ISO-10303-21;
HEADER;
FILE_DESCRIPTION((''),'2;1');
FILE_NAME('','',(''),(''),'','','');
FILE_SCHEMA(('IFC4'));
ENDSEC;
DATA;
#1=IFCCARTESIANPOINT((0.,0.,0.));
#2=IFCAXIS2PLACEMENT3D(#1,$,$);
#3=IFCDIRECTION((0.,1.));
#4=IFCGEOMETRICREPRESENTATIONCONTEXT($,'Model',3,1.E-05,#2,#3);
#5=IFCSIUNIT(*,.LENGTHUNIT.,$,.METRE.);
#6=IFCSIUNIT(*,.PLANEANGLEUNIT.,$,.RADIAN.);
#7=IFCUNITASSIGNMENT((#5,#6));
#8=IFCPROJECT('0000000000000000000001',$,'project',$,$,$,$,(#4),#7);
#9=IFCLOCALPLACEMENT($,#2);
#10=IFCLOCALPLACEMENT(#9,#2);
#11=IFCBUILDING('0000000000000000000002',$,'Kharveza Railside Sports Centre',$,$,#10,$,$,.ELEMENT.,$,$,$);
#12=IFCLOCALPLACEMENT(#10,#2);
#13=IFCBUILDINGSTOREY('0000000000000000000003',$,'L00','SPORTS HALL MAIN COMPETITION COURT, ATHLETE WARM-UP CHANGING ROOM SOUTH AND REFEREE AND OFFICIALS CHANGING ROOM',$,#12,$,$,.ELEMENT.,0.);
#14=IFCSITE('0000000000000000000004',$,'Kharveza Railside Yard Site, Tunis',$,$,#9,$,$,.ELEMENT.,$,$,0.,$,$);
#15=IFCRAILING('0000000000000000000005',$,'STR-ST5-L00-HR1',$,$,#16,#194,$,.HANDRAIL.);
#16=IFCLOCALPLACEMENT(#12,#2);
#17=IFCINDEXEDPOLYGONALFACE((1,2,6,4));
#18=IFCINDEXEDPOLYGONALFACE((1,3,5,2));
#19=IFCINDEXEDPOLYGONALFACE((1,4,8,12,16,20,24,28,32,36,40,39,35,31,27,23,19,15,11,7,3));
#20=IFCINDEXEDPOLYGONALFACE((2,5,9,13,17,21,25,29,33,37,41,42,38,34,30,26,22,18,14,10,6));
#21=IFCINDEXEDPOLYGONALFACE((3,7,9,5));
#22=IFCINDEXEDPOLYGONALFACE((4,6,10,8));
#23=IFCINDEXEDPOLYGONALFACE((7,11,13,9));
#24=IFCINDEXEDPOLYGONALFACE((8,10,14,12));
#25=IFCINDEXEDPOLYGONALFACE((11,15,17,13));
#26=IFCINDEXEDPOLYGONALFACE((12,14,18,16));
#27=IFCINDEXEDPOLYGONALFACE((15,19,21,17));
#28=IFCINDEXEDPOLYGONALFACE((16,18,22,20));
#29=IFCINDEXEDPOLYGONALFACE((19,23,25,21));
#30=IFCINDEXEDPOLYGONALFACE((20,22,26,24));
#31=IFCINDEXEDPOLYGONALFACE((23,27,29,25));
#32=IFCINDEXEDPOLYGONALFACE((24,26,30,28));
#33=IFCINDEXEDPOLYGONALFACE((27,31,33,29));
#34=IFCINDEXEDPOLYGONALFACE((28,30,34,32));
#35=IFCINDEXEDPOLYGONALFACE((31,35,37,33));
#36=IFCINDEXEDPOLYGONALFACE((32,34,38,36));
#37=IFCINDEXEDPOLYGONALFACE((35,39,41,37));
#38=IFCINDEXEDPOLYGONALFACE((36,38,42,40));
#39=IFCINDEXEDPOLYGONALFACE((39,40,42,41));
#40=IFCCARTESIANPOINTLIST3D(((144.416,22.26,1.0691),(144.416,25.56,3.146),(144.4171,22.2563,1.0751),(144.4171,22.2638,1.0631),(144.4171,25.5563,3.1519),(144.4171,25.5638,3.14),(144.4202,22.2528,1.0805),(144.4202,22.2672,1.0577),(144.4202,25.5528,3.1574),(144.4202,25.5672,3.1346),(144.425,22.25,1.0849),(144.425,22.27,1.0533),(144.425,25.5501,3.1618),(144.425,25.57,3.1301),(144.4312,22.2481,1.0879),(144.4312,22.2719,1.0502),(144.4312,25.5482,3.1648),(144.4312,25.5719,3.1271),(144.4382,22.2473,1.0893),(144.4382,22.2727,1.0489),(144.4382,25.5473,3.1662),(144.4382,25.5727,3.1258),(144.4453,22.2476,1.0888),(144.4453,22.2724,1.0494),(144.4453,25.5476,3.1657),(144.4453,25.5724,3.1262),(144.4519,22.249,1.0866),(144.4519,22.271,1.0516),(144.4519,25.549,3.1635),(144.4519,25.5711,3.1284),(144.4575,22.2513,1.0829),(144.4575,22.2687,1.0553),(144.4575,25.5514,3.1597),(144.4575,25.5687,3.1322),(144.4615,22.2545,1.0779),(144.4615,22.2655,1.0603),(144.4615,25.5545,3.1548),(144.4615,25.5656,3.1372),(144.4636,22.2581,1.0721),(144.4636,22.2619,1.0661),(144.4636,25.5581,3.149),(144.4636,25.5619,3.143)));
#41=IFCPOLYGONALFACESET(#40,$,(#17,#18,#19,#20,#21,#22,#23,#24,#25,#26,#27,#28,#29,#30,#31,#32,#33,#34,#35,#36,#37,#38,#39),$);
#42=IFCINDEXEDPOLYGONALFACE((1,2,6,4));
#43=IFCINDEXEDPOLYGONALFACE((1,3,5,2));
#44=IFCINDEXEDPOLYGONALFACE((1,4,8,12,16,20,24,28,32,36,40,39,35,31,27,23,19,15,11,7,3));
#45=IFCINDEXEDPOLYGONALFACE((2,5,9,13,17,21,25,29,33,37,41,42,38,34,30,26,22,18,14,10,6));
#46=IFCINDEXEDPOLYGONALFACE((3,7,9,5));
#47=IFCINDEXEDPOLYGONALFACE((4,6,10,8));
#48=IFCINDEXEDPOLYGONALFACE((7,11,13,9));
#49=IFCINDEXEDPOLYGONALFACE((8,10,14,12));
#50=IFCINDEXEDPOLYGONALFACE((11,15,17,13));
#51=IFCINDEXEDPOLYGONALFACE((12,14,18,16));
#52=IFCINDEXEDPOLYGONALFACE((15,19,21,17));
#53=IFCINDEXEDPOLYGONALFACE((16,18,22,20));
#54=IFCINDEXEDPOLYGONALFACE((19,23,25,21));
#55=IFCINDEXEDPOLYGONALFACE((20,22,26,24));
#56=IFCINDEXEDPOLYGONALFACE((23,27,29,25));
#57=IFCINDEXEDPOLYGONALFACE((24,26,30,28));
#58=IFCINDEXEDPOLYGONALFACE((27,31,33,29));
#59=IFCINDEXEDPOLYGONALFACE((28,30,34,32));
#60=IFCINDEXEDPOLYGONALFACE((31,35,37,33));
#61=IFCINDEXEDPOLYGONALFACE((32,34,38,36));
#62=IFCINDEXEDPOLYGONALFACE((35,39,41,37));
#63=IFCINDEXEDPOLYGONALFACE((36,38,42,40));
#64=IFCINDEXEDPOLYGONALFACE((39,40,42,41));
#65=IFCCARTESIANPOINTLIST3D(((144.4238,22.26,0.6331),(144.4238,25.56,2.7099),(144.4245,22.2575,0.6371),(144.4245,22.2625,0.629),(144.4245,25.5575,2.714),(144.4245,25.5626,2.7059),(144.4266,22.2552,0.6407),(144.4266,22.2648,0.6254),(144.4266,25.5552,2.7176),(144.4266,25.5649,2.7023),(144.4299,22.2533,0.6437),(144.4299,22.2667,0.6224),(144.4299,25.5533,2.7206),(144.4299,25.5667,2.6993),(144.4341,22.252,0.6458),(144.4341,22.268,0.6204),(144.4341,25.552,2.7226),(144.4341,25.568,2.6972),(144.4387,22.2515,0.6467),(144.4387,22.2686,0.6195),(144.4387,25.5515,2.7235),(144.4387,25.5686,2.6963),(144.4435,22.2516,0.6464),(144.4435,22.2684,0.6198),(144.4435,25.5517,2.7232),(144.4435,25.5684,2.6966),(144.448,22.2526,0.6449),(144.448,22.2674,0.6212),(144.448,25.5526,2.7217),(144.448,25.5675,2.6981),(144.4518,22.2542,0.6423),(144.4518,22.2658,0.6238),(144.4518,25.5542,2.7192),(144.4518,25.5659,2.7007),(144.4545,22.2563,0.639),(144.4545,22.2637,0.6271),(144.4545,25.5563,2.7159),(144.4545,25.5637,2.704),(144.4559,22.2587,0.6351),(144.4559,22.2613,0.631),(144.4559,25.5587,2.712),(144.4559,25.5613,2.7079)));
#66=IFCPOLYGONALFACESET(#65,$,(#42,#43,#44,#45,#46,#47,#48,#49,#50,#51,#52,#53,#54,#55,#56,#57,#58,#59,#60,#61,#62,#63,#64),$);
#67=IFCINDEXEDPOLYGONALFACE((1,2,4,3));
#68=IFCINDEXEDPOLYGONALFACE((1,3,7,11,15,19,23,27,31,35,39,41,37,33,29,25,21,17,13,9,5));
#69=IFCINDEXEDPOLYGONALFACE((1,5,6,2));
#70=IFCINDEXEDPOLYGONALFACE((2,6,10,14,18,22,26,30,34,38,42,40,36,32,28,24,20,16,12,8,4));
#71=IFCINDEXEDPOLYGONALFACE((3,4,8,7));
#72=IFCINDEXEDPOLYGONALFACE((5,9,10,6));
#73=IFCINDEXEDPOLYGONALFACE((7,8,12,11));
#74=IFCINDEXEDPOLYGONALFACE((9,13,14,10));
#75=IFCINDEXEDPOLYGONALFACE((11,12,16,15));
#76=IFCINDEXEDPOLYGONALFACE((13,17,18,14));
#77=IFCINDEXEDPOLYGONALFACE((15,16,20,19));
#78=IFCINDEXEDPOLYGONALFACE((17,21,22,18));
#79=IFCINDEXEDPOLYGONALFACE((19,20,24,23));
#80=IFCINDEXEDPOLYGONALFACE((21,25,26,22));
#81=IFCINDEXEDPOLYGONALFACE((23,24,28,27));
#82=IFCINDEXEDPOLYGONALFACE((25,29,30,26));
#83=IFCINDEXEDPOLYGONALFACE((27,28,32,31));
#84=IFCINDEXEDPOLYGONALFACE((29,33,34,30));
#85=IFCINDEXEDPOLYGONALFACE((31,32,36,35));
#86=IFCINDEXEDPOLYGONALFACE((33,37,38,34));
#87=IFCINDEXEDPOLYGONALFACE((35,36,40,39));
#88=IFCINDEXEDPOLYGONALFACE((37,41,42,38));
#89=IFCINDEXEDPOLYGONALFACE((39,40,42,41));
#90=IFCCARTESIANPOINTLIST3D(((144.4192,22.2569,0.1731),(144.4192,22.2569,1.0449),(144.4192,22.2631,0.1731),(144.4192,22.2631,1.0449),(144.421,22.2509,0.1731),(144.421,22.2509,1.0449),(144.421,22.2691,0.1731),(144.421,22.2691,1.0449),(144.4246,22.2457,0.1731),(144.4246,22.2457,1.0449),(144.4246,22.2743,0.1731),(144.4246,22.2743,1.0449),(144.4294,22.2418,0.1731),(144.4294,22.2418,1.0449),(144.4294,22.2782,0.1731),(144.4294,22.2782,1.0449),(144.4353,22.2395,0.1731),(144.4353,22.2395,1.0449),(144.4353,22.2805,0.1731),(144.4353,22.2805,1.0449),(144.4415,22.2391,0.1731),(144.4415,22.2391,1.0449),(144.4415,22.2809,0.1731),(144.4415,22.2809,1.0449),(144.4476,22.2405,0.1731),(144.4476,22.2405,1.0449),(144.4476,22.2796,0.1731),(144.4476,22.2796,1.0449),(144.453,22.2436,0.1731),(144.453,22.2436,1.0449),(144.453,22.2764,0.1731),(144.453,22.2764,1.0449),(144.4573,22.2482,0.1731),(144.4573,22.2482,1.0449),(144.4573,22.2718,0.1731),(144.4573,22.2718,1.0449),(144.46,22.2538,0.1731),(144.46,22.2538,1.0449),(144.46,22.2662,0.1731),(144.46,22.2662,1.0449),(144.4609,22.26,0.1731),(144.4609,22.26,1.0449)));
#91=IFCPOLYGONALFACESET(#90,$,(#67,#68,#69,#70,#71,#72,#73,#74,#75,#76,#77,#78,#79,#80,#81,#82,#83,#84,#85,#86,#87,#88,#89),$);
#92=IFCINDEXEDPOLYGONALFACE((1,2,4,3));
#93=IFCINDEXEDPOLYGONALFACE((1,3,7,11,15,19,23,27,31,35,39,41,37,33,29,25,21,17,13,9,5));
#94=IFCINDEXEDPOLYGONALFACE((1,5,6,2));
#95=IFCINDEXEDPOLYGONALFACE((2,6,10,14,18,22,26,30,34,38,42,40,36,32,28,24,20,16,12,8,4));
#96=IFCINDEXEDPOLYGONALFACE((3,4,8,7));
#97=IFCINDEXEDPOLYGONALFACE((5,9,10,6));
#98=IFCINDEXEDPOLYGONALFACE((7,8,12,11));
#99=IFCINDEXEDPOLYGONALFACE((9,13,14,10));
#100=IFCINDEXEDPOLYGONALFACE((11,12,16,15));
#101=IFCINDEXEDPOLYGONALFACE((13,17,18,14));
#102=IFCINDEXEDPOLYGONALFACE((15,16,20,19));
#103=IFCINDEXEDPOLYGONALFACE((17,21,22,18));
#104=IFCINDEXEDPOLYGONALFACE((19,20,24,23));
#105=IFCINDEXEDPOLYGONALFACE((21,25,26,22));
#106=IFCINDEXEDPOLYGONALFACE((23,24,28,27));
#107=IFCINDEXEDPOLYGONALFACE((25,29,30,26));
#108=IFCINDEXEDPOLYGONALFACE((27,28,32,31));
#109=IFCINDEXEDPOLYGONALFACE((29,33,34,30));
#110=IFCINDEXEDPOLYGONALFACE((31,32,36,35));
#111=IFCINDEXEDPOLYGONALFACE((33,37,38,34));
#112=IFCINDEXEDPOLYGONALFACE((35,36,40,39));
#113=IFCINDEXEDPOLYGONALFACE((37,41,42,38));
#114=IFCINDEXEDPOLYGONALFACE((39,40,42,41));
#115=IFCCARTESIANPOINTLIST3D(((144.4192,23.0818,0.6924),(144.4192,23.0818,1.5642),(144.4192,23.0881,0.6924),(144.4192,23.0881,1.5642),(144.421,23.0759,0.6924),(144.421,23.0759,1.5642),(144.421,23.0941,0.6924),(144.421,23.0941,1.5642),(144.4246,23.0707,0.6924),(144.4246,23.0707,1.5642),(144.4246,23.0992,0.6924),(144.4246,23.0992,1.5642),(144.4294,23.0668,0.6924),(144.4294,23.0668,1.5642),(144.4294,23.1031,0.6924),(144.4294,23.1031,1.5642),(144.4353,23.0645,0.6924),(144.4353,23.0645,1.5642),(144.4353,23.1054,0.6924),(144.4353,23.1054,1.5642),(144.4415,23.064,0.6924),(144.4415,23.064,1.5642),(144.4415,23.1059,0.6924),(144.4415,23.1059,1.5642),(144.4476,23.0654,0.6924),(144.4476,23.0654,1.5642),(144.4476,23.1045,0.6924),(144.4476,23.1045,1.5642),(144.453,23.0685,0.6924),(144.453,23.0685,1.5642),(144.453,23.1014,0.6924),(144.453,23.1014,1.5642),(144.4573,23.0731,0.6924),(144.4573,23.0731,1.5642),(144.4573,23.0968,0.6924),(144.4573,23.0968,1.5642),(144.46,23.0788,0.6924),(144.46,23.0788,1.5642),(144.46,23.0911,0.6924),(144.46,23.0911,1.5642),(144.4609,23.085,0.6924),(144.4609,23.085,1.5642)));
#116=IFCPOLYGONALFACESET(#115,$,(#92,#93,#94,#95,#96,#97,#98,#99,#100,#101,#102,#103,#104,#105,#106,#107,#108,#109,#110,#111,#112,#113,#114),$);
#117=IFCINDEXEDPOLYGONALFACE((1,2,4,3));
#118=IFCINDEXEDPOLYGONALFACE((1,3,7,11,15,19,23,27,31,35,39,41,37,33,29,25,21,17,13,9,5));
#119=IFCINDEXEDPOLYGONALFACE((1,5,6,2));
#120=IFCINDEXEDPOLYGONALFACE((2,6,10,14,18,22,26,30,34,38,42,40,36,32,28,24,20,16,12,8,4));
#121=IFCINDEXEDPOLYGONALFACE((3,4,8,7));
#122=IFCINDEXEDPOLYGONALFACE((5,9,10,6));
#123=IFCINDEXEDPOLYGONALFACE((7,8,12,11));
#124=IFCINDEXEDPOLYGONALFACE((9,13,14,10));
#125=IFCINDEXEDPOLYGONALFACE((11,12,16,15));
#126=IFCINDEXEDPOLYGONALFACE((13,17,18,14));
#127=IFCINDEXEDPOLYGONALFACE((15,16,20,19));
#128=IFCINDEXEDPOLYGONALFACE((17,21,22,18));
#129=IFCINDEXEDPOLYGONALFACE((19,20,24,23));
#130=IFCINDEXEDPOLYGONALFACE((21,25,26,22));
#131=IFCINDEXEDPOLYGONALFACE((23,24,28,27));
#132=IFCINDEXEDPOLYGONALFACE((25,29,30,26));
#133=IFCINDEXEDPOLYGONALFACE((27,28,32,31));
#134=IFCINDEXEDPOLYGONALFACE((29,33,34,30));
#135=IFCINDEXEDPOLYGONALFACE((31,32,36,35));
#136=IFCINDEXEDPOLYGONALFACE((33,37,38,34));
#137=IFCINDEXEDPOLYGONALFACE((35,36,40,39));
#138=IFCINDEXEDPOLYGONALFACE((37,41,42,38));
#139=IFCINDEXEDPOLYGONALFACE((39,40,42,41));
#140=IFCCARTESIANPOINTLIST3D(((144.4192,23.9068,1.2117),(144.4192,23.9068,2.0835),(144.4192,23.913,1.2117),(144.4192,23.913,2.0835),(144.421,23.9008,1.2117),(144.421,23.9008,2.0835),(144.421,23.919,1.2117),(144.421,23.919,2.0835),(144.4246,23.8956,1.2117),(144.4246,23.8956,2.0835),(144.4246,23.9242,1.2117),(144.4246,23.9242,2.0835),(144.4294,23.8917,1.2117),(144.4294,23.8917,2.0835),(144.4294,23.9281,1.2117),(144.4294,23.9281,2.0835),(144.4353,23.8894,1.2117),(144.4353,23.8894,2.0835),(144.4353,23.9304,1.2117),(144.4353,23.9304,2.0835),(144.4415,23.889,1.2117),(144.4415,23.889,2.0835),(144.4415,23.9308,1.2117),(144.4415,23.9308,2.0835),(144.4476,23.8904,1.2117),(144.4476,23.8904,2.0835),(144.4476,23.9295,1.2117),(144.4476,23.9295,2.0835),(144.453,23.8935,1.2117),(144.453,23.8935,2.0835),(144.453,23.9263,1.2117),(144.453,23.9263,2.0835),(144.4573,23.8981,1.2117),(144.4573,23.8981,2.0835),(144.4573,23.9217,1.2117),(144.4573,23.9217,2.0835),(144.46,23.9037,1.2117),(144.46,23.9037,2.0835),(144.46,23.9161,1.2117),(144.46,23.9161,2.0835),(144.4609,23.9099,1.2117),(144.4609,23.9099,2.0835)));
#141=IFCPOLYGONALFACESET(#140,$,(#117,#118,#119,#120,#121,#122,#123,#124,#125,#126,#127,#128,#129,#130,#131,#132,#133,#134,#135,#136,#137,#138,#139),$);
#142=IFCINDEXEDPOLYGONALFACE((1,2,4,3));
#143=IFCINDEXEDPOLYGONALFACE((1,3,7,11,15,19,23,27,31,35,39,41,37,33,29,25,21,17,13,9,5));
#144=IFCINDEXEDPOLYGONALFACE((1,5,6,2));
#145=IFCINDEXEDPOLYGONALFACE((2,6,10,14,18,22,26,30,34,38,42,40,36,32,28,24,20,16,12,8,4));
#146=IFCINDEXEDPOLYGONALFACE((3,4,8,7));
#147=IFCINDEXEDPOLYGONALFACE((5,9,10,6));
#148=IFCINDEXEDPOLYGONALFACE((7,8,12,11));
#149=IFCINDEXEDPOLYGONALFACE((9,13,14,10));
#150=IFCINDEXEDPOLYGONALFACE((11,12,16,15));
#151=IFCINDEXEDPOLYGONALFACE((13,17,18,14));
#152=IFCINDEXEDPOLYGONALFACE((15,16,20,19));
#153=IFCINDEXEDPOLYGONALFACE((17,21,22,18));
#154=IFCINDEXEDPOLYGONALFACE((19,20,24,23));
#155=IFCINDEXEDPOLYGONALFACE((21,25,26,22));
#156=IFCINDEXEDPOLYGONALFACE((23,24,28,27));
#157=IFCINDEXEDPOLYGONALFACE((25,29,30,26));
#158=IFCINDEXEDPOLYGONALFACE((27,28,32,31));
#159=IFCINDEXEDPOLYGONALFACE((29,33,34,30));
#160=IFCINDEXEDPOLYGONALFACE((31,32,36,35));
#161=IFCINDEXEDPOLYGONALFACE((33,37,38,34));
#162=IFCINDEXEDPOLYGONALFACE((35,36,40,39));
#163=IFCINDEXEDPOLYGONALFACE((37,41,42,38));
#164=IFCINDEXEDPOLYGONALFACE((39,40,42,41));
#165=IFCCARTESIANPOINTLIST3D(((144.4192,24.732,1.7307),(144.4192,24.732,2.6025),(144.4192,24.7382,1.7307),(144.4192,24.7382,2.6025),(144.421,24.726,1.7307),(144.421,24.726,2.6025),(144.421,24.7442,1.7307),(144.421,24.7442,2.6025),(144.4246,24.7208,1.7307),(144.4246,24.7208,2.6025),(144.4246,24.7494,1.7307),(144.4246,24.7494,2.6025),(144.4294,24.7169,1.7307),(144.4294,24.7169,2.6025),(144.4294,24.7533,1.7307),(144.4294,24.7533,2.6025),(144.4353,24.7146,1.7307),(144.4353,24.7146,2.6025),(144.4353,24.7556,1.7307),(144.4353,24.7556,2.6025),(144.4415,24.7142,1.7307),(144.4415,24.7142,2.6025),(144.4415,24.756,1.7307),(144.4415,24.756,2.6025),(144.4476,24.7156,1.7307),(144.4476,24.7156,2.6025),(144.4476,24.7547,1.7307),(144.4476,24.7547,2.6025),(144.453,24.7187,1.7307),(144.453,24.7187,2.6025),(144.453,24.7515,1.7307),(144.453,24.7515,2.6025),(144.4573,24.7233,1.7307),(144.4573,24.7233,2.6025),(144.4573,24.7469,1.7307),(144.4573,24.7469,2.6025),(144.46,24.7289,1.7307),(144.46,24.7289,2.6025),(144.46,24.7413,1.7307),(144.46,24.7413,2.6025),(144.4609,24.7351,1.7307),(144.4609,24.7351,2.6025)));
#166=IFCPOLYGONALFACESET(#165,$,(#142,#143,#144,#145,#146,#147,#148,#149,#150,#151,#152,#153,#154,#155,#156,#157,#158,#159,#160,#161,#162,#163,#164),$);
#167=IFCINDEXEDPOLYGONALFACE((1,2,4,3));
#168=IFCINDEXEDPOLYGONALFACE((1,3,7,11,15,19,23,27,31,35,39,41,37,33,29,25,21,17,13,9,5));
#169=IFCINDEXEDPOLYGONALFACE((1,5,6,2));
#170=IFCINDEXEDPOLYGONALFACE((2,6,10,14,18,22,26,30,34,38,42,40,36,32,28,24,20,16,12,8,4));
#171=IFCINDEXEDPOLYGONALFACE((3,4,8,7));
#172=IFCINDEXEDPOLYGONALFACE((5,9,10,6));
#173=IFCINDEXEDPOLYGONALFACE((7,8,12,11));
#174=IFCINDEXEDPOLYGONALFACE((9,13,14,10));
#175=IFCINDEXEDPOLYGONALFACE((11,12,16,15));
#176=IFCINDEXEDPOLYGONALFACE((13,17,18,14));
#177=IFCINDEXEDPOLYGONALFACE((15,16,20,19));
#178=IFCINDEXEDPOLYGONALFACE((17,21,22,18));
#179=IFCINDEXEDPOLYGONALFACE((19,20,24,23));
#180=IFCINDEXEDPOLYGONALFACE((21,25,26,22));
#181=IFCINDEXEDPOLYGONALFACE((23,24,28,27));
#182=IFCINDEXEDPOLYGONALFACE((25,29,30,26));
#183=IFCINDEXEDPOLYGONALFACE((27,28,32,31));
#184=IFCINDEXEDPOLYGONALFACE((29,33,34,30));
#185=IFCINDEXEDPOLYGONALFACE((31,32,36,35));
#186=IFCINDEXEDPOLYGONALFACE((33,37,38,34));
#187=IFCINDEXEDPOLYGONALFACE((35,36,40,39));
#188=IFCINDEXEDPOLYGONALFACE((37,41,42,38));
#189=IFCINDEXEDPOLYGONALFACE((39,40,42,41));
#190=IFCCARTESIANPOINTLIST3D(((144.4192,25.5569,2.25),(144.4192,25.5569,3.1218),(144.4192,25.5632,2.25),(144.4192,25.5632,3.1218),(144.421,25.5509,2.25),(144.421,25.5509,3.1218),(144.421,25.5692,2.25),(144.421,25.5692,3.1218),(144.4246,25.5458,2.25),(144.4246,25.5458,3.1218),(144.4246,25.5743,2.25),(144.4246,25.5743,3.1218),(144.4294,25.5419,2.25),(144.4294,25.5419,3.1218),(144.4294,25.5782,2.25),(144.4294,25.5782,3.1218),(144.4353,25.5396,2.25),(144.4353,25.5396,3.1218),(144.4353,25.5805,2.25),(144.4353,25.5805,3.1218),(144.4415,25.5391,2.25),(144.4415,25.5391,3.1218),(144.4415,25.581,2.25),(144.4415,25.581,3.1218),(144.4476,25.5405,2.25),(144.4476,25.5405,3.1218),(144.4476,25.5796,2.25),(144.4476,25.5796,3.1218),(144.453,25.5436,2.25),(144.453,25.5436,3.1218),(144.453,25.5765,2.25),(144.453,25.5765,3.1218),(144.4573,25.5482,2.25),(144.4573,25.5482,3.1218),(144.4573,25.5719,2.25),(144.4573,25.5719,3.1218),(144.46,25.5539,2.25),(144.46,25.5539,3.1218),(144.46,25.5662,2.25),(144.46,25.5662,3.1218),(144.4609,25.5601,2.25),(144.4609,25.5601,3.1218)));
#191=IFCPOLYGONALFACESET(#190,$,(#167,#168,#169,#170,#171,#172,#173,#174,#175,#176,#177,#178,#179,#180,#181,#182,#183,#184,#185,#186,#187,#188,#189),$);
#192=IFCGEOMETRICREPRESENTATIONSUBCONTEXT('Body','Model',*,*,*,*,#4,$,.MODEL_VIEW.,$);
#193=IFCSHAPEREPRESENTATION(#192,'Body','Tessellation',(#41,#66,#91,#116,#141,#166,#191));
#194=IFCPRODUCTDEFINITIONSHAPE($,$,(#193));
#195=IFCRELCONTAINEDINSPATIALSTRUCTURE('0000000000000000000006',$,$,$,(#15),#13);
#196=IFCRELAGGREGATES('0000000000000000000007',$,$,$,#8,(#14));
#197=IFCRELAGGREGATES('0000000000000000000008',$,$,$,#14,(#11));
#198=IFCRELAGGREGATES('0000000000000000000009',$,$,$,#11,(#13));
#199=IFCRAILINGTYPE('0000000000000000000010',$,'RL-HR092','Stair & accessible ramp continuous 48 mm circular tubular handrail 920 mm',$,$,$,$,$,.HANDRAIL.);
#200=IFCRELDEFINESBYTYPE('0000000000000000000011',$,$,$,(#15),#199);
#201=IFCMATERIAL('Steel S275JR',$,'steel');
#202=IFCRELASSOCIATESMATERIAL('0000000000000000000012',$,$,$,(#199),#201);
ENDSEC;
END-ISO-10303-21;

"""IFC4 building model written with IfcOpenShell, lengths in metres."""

from ifc_helpers import new_model, si_unit, direction, frame, origin, origin_2d, place, context, subcontext, project, spatial, circle, extrude, material, type_object, element, save


model = new_model("IFC4")

# Units and contexts
model_context = context("Model", 3, precision=1e-05, world=origin(), true_north=direction((0.0, 1.0)))
body_context = subcontext(model_context, "Body", "Model", "MODEL_VIEW")
ifc_project = project(units=[si_unit("LENGTHUNIT", "METRE"), si_unit("PLANEANGLEUNIT", "RADIAN")], contexts=[model_context])

# Site, building, storey
site_placement = place(None, origin())
site = spatial("IfcSite", under=ifc_project, at=site_placement, Name="Kharveza Railside Yard Site, Tunis", CompositionType="ELEMENT", RefElevation=0.0)
building_placement = place(site_placement, origin())
building = spatial("IfcBuilding", under=site, at=building_placement, Name="Kharveza Railside Sports Centre", CompositionType="ELEMENT")
storey_placement = place(building_placement, origin())
storey = spatial("IfcBuildingStorey", under=building, at=storey_placement, Name="L00", Description="SPORTS HALL MAIN COMPETITION COURT, ATHLETE WARM-UP CHANGING ROOM SOUTH AND REFEREE AND OFFICIALS CHANGING ROOM", CompositionType="ELEMENT", Elevation=0.0)

# Railing
ifc_material_1 = material(Name="Steel S275JR", Category="steel")
railing_type_1 = type_object("IfcRailingType", Name="RL-HR092", Description="Stair & accessible ramp continuous 48 mm circular tubular handrail 920 mm", PredefinedType="HANDRAIL", material=ifc_material_1)
railing_1_placement = place(storey_placement, frame((144.4399, 22.26, 0.1731)))
element("IfcRailing", 1, at=railing_1_placement, inside=storey, type_object=railing_type_1, Name="STR-ST5-L00-HR1", PredefinedType="HANDRAIL", context=body_context, shape_type="SweptSolid", body=[
    extrude(circle(Radius=0.0239, at=origin_2d()), frame((0.0, 0.0, 0.896), z_axis=(0.0, 0.846337, 0.532647), x_axis=(-1.0, 0.0, 0.0)), (0.0, 0.0, 1.0), 3.8992),
    extrude(circle(Radius=0.0161, at=origin_2d()), frame((0.0, 0.0, 0.46), z_axis=(0.0, 0.846337, 0.532647), x_axis=(-1.0, 0.0, 0.0)), (0.0, 0.0, 1.0), 3.8992),
    extrude(circle(Radius=0.021, at=origin_2d()), origin(), (0.0, 0.0, 1.0), 0.8718),
    extrude(circle(Radius=0.021, at=origin_2d()), frame((0.0, 0.825, 0.5193)), (0.0, 0.0, 1.0), 0.8718),
    extrude(circle(Radius=0.021, at=origin_2d()), frame((0.0, 1.6499, 1.0386)), (0.0, 0.0, 1.0), 0.8718),
    extrude(circle(Radius=0.021, at=origin_2d()), frame((0.0, 2.4751, 1.5576)), (0.0, 0.0, 1.0), 0.8718),
    extrude(circle(Radius=0.021, at=origin_2d()), frame((0.0, 3.3, 2.0769)), (0.0, 0.0, 1.0), 0.8718),
])

save(model, "model.ifc")
